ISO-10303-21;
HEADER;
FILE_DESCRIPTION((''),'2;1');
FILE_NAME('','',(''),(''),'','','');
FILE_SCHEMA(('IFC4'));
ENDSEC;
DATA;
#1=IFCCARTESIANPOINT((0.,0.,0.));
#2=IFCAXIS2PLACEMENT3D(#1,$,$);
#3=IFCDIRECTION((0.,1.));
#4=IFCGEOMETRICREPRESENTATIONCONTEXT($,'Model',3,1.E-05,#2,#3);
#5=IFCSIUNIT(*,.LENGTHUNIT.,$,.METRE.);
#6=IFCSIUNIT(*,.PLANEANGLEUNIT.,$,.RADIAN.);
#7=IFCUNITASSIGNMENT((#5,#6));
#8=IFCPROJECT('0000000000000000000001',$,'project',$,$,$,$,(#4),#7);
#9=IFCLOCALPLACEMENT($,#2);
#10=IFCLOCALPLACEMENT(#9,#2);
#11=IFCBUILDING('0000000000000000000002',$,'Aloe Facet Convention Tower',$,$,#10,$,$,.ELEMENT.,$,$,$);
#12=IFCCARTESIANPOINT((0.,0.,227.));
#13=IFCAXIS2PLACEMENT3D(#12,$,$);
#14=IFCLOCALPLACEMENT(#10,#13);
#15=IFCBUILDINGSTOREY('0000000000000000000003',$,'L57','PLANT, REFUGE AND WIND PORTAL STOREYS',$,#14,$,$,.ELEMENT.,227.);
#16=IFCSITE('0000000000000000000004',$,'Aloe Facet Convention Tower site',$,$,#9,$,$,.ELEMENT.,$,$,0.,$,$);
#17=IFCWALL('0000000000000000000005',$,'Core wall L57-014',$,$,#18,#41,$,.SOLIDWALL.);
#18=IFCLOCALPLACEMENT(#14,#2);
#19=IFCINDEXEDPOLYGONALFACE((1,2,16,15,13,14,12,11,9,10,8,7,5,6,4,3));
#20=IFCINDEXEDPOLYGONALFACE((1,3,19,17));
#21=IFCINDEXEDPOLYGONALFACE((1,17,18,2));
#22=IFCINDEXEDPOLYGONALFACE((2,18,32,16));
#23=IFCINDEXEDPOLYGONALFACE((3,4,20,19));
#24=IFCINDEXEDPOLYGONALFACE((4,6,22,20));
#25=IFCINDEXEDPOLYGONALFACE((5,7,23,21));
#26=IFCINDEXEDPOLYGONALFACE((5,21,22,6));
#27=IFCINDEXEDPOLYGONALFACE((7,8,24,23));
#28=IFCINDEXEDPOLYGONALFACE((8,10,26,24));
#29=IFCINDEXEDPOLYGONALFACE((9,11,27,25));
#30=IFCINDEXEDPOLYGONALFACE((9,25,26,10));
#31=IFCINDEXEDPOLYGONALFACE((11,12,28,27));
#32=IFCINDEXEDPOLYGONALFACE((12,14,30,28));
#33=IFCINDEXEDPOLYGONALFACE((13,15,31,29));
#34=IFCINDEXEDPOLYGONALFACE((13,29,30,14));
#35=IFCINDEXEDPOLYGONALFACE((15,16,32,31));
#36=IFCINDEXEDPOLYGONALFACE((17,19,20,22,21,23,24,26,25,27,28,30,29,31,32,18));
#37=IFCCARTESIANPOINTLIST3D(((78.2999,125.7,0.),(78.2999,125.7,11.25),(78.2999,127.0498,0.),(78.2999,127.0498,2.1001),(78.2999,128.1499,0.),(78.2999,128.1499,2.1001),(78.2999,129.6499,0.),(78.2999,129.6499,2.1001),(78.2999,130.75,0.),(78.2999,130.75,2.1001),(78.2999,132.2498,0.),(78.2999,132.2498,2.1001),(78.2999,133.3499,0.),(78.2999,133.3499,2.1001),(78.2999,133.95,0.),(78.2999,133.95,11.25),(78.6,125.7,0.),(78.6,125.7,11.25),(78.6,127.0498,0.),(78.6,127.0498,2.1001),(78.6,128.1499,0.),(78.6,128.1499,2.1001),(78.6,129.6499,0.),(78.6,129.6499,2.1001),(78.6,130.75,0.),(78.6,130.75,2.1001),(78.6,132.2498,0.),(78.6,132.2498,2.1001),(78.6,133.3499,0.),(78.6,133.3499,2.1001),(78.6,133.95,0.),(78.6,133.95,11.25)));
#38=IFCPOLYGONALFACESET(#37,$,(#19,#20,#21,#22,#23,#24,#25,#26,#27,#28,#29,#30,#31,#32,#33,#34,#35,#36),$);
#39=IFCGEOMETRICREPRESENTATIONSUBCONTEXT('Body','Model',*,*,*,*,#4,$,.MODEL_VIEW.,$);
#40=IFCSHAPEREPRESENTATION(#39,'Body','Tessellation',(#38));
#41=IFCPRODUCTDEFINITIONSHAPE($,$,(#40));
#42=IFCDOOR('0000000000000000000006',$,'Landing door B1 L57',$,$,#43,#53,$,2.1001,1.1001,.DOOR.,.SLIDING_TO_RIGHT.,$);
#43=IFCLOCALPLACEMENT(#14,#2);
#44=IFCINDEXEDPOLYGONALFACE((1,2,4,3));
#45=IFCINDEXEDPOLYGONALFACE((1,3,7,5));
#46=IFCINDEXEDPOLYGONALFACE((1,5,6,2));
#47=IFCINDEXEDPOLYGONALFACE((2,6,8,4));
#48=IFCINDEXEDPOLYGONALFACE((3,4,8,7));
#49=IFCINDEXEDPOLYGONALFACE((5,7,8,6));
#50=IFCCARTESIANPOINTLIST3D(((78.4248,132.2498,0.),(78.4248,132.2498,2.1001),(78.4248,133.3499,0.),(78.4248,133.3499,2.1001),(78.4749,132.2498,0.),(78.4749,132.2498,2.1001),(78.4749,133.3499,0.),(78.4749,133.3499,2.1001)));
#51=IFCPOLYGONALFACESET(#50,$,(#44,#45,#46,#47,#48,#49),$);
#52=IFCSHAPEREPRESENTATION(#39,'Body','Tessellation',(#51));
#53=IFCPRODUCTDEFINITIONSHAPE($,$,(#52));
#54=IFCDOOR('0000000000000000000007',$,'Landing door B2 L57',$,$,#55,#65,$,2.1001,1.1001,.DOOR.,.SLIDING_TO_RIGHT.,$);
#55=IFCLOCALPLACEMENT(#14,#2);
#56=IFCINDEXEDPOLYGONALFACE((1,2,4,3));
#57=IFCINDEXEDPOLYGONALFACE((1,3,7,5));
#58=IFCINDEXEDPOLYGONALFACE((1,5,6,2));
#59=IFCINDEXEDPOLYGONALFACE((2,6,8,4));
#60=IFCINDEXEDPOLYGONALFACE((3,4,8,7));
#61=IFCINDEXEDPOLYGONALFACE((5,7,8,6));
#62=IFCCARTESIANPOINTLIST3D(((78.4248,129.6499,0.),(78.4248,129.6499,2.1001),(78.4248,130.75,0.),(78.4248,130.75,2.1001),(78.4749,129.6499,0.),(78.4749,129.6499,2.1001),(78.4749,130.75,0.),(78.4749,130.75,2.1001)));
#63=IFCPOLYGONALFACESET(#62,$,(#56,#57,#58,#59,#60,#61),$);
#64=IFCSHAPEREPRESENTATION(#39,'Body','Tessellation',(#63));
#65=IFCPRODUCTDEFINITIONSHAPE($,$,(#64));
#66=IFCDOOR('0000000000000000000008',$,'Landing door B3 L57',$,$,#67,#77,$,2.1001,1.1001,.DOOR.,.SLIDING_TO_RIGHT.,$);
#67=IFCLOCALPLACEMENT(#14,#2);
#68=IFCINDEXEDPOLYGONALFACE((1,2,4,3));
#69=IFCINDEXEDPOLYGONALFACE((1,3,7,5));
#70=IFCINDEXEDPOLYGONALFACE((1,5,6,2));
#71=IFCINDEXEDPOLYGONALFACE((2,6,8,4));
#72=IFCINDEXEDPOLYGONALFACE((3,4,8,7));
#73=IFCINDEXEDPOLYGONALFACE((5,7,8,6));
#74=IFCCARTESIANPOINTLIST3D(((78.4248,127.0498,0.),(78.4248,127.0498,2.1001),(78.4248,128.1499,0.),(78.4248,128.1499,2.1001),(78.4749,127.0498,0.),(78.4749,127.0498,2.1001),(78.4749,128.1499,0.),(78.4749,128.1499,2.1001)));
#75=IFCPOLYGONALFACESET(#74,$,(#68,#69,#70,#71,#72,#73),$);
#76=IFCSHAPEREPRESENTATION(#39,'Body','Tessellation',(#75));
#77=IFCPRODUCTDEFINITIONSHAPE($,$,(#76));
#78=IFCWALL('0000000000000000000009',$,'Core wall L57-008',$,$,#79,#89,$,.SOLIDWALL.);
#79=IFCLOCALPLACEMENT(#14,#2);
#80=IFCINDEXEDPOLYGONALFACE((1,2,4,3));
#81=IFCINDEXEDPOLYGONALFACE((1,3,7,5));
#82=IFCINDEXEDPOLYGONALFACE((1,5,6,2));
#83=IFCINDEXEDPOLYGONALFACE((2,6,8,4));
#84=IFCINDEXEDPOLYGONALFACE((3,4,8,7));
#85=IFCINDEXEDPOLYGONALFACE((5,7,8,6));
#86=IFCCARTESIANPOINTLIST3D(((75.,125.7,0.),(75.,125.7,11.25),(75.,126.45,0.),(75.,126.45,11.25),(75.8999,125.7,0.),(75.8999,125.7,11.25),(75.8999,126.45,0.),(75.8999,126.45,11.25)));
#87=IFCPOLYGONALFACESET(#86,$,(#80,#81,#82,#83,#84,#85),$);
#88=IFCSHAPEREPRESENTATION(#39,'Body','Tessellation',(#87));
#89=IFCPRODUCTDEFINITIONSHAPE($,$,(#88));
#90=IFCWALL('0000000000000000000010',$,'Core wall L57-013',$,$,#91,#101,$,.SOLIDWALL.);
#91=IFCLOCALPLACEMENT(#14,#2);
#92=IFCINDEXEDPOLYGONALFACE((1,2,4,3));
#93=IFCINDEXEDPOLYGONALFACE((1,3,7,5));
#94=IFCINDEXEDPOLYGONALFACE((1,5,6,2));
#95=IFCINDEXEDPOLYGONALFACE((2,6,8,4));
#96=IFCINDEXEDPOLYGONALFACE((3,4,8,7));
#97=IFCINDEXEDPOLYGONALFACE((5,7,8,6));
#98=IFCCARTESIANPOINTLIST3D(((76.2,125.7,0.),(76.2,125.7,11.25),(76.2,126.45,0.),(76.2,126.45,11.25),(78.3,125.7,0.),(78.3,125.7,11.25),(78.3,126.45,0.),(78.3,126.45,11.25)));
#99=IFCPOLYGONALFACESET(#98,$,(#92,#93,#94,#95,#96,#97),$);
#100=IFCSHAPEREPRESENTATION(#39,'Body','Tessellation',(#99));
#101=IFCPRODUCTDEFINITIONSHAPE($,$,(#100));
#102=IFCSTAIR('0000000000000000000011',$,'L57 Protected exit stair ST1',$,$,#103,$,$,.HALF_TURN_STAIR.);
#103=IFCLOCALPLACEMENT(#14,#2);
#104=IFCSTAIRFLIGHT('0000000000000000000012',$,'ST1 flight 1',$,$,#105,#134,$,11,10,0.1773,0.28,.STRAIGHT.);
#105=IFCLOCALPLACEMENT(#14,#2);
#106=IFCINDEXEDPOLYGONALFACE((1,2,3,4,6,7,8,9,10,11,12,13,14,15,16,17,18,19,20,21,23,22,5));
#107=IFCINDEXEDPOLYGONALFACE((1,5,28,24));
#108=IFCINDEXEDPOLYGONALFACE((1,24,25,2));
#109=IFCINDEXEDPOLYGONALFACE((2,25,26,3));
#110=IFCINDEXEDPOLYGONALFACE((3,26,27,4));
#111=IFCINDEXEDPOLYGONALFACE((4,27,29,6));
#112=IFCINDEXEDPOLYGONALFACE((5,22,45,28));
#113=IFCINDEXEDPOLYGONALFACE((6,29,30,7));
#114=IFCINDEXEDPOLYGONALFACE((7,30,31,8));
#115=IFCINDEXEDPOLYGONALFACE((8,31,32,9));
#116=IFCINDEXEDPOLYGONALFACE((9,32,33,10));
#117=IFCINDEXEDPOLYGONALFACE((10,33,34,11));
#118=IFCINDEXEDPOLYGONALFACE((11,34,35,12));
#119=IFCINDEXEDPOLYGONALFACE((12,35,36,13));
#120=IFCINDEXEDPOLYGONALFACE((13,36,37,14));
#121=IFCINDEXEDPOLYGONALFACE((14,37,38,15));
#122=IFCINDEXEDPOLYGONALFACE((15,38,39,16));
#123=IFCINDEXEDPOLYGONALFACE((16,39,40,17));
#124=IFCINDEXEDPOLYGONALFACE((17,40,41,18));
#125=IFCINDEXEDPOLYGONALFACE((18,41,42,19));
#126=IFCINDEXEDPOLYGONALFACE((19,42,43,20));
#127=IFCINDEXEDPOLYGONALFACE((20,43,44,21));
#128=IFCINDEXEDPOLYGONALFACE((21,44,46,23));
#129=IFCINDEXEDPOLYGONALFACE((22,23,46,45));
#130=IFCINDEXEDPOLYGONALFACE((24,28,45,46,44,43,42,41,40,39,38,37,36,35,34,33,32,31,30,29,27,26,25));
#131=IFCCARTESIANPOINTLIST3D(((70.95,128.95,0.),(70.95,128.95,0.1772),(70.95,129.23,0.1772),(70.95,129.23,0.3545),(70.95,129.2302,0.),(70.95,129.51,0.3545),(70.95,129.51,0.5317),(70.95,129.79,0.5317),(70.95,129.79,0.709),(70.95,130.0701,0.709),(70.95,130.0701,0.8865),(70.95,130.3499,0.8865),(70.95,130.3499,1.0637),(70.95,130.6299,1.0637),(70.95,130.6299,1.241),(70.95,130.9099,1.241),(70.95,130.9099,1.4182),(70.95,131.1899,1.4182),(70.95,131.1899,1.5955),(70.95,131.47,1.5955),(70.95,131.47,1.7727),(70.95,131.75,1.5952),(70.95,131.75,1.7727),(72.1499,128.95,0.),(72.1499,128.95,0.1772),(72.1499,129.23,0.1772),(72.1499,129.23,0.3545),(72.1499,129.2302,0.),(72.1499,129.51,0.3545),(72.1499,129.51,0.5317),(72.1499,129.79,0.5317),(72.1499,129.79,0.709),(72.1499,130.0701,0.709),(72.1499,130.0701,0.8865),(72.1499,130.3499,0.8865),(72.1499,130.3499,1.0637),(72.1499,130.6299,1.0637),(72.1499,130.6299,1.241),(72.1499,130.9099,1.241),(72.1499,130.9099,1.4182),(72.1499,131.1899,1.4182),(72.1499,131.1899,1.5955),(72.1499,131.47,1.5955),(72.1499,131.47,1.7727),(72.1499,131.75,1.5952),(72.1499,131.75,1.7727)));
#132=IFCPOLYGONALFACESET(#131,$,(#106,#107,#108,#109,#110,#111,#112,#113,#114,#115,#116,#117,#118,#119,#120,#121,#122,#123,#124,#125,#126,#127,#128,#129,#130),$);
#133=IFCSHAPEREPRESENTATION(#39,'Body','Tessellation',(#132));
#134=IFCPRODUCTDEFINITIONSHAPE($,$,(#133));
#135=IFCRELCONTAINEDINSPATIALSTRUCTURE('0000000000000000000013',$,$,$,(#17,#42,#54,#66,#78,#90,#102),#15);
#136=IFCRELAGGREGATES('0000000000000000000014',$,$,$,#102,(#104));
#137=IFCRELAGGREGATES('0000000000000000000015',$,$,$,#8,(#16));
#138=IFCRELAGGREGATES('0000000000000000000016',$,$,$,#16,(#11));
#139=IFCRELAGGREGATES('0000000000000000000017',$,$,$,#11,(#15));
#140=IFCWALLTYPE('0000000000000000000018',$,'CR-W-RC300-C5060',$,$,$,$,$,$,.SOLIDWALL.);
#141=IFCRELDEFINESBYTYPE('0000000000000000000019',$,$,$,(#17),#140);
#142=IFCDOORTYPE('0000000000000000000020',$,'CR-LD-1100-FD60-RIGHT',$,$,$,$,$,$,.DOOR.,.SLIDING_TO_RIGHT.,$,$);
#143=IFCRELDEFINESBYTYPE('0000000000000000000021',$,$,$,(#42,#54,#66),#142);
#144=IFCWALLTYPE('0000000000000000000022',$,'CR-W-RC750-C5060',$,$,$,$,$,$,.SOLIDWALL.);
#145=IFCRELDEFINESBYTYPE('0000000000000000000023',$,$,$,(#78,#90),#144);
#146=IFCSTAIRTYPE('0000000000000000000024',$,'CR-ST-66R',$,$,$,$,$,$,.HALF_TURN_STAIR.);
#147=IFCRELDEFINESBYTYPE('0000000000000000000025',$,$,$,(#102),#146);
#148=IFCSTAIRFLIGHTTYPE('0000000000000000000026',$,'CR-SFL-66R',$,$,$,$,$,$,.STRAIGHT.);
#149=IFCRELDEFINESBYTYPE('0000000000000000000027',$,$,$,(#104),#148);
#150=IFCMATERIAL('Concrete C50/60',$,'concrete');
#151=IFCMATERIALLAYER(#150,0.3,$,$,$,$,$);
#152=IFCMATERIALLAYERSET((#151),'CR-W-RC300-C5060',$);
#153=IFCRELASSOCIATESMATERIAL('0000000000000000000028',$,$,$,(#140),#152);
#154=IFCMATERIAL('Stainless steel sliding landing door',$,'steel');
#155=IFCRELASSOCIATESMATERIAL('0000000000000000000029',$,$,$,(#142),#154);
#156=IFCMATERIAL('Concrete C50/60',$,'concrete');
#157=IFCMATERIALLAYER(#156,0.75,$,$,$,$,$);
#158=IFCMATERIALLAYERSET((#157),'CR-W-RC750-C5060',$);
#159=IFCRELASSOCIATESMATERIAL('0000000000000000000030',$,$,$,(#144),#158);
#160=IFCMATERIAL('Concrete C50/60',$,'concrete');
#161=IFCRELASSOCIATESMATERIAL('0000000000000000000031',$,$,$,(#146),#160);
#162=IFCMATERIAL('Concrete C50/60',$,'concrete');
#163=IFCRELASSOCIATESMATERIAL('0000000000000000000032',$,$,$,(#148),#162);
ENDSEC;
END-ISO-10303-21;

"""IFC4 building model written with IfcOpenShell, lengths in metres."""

from ifc_helpers import new_model, si_unit, direction, frame, frame_2d, origin, place, context, subcontext, project, spatial, polyline, rectangle, outline, extrude, material, layer, layer_set, type_object, element, fill, aggregate, save


model = new_model("IFC4")

# Units and contexts
model_context = context("Model", 3, precision=1e-05, world=origin(), true_north=direction((0.0, 1.0)))
body_context = subcontext(model_context, "Body", "Model", "MODEL_VIEW")
ifc_project = project(units=[si_unit("LENGTHUNIT", "METRE"), si_unit("PLANEANGLEUNIT", "RADIAN")], contexts=[model_context])

# Site, building, storey
site_placement = place(None, origin())
site = spatial("IfcSite", under=ifc_project, at=site_placement, Name="Aloe Facet Convention Tower site", CompositionType="ELEMENT", RefElevation=0.0)
building_placement = place(site_placement, origin())
building = spatial("IfcBuilding", under=site, at=building_placement, Name="Aloe Facet Convention Tower", CompositionType="ELEMENT")
storey_placement = place(building_placement, frame((0.0, 0.0, 227.0)))
storey = spatial("IfcBuildingStorey", under=building, at=storey_placement, Name="L57", Description="PLANT, REFUGE AND WIND PORTAL STOREYS", CompositionType="ELEMENT", Elevation=227.0)

# Shared definitions
ifc_material_1 = material(Name="Concrete C50/60", Category="concrete")
ifc_layer_1 = layer(ifc_material_1, 0.3)
ifc_layer_set_1 = layer_set([ifc_layer_1], Name="CR-W-RC300-C5060")
wall_type_1 = type_object("IfcWallType", Name="CR-W-RC300-C5060", PredefinedType="SOLIDWALL", material=ifc_layer_set_1)

# Wall, openings, doors
wall_1_placement = place(storey_placement, frame((78.45, 133.95, 0.0), z_axis=(0.0, 0.0, 1.0), x_axis=(0.0, -1.0, 0.0)))
wall_1 = element("IfcWall", 1, at=wall_1_placement, inside=storey, type_object=wall_type_1, Name="Core wall L57-014", PredefinedType="SOLIDWALL", context=body_context, shape_type="SweptSolid", body=[
    extrude(rectangle(XDim=8.25, YDim=0.3, at=frame_2d((4.125, 0.0))), origin(), (0.0, 0.0, 1.0), 11.25),
])
opening_1_placement = place(wall_1_placement, frame((0.6001, 0.0, 0.0)))
opening_1 = element("IfcOpeningElement", 2, at=opening_1_placement, cuts=wall_1, PredefinedType="OPENING", context=body_context, shape_type="SweptSolid", body=[
    extrude(rectangle(XDim=1.1001, YDim=2.1001, at=frame_2d((0.55, 1.05))), frame((0.0, 0.1602, 0.0), z_axis=(0.0, -1.0, 0.0), x_axis=(1.0, 0.0, 0.0)), (0.0, 0.0, 1.0), 0.3201),
])
opening_2_placement = place(wall_1_placement, frame((3.2, 0.0, 0.0)))
opening_2 = element("IfcOpeningElement", 3, at=opening_2_placement, cuts=wall_1, PredefinedType="OPENING", context=body_context, shape_type="SweptSolid", body=[
    extrude(rectangle(XDim=1.1001, YDim=2.1001, at=frame_2d((0.55, 1.05))), frame((0.0, 0.1602, 0.0), z_axis=(0.0, -1.0, 0.0), x_axis=(1.0, 0.0, 0.0)), (0.0, 0.0, 1.0), 0.3201),
])
opening_3_placement = place(wall_1_placement, frame((5.8, 0.0, 0.0)))
opening_3 = element("IfcOpeningElement", 4, at=opening_3_placement, cuts=wall_1, PredefinedType="OPENING", context=body_context, shape_type="SweptSolid", body=[
    extrude(rectangle(XDim=1.1001, YDim=2.1001, at=frame_2d((0.55, 1.05))), frame((0.0, 0.1602, 0.0), z_axis=(0.0, -1.0, 0.0), x_axis=(1.0, 0.0, 0.0)), (0.0, 0.0, 1.0), 0.3201),
])
ifc_material_2 = material(Name="Stainless steel sliding landing door", Category="steel")
door_type_1 = type_object("IfcDoorType", Name="CR-LD-1100-FD60-RIGHT", OperationType="SLIDING_TO_RIGHT", PredefinedType="DOOR", material=ifc_material_2)
door_1_placement = place(opening_1_placement, origin())
door_1 = element("IfcDoor", 5, at=door_1_placement, inside=storey, type_object=door_type_1, Name="Landing door B1 L57", OperationType="SLIDING_TO_RIGHT", OverallHeight=2.1001, OverallWidth=1.1001, PredefinedType="DOOR", context=body_context, shape_type="SweptSolid", body=[
    extrude(rectangle(XDim=1.1001, YDim=2.1001, at=frame_2d((0.55, 1.05))), frame((0.0, 0.0249, 0.0), z_axis=(0.0, -1.0, 0.0), x_axis=(1.0, 0.0, 0.0)), (0.0, 0.0, 1.0), 0.05),
])
fill(opening_1, door_1)
door_2_placement = place(opening_2_placement, origin())
door_2 = element("IfcDoor", 6, at=door_2_placement, inside=storey, type_object=door_type_1, Name="Landing door B2 L57", OperationType="SLIDING_TO_RIGHT", OverallHeight=2.1001, OverallWidth=1.1001, PredefinedType="DOOR", context=body_context, shape_type="SweptSolid", body=[
    extrude(rectangle(XDim=1.1001, YDim=2.1001, at=frame_2d((0.55, 1.05))), frame((0.0, 0.0249, 0.0), z_axis=(0.0, -1.0, 0.0), x_axis=(1.0, 0.0, 0.0)), (0.0, 0.0, 1.0), 0.05),
])
fill(opening_2, door_2)
door_3_placement = place(opening_3_placement, origin())
door_3 = element("IfcDoor", 7, at=door_3_placement, inside=storey, type_object=door_type_1, Name="Landing door B3 L57", OperationType="SLIDING_TO_RIGHT", OverallHeight=2.1001, OverallWidth=1.1001, PredefinedType="DOOR", context=body_context, shape_type="SweptSolid", body=[
    extrude(rectangle(XDim=1.1001, YDim=2.1001, at=frame_2d((0.55, 1.05))), frame((0.0, 0.0249, 0.0), z_axis=(0.0, -1.0, 0.0), x_axis=(1.0, 0.0, 0.0)), (0.0, 0.0, 1.0), 0.05),
])
fill(opening_3, door_3)

# Walls
ifc_material_3 = material(Name="Concrete C50/60", Category="concrete")
ifc_layer_2 = layer(ifc_material_3, 0.75)
ifc_layer_set_2 = layer_set([ifc_layer_2], Name="CR-W-RC750-C5060")
wall_type_2 = type_object("IfcWallType", Name="CR-W-RC750-C5060", PredefinedType="SOLIDWALL", material=ifc_layer_set_2)
wall_2_placement = place(storey_placement, frame((75.0, 126.075, 0.0), z_axis=(0.0, 0.0, 1.0), x_axis=(1.0, 0.0, 0.0)))
element("IfcWall", 8, at=wall_2_placement, inside=storey, type_object=wall_type_2, Name="Core wall L57-008", PredefinedType="SOLIDWALL", context=body_context, shape_type="SweptSolid", body=[
    extrude(rectangle(XDim=0.8999, YDim=0.75, at=frame_2d((0.45, 0.0))), origin(), (0.0, 0.0, 1.0), 11.25),
])
wall_3_placement = place(storey_placement, frame((76.2, 126.075, 0.0), z_axis=(0.0, 0.0, 1.0), x_axis=(1.0, 0.0, 0.0)))
element("IfcWall", 9, at=wall_3_placement, inside=storey, type_object=wall_type_2, Name="Core wall L57-013", PredefinedType="SOLIDWALL", context=body_context, shape_type="SweptSolid", body=[
    extrude(rectangle(XDim=2.1001, YDim=0.75, at=frame_2d((1.05, 0.0))), origin(), (0.0, 0.0, 1.0), 11.25),
])

# Stair, stair flight
ifc_material_4 = material(Name="Concrete C50/60", Category="concrete")
stair_type = type_object("IfcStairType", Name="CR-ST-66R", PredefinedType="HALF_TURN_STAIR", material=ifc_material_4)
stair_placement = place(storey_placement, origin())
stair = element("IfcStair", 10, at=stair_placement, inside=storey, type_object=stair_type, Name="L57 Protected exit stair ST1", PredefinedType="HALF_TURN_STAIR")
ifc_material_5 = material(Name="Concrete C50/60", Category="concrete")
stair_flight_type = type_object("IfcStairFlightType", Name="CR-SFL-66R", PredefinedType="STRAIGHT", material=ifc_material_5)
stair_flight_placement = place(storey_placement, frame((71.55, 128.95, 0.0), z_axis=(0.0, 0.0, 1.0), x_axis=(0.0, 1.0, 0.0)))
stair_flight = element("IfcStairFlight", 11, at=stair_flight_placement, type_object=stair_flight_type, Name="ST1 flight 1", NumberOfRisers=11, NumberOfTreads=10, PredefinedType="STRAIGHT", RiserHeight=0.1773, TreadLength=0.28, context=body_context, shape_type="SweptSolid", body=[
    extrude(outline(polyline([(0.0, 0.0), (0.0, 0.1772), (0.28, 0.1772), (0.28, 0.3545), (0.5601, 0.3545), (0.5601, 0.5317), (0.8401, 0.5317), (0.8401, 0.709), (1.1201, 0.709), (1.1201, 0.8865), (1.3999, 0.8865), (1.3999, 1.0637), (1.6799, 1.0637), (1.6799, 1.241), (1.96, 1.241), (1.96, 1.4182), (2.24, 1.4182), (2.24, 1.5955), (2.52, 1.5955), (2.52, 1.7727), (2.8, 1.7727), (2.8, 1.95), (2.8, 1.5952), (0.2803, 0.0), (0.0, 0.0)])), frame((0.0, 0.6001, 0.0), z_axis=(0.0, -1.0, 0.0), x_axis=(1.0, 0.0, 0.0)), (0.0, 0.0, 1.0), 1.2),
])
aggregate(stair, [stair_flight])

save(model, "model.ifc")
